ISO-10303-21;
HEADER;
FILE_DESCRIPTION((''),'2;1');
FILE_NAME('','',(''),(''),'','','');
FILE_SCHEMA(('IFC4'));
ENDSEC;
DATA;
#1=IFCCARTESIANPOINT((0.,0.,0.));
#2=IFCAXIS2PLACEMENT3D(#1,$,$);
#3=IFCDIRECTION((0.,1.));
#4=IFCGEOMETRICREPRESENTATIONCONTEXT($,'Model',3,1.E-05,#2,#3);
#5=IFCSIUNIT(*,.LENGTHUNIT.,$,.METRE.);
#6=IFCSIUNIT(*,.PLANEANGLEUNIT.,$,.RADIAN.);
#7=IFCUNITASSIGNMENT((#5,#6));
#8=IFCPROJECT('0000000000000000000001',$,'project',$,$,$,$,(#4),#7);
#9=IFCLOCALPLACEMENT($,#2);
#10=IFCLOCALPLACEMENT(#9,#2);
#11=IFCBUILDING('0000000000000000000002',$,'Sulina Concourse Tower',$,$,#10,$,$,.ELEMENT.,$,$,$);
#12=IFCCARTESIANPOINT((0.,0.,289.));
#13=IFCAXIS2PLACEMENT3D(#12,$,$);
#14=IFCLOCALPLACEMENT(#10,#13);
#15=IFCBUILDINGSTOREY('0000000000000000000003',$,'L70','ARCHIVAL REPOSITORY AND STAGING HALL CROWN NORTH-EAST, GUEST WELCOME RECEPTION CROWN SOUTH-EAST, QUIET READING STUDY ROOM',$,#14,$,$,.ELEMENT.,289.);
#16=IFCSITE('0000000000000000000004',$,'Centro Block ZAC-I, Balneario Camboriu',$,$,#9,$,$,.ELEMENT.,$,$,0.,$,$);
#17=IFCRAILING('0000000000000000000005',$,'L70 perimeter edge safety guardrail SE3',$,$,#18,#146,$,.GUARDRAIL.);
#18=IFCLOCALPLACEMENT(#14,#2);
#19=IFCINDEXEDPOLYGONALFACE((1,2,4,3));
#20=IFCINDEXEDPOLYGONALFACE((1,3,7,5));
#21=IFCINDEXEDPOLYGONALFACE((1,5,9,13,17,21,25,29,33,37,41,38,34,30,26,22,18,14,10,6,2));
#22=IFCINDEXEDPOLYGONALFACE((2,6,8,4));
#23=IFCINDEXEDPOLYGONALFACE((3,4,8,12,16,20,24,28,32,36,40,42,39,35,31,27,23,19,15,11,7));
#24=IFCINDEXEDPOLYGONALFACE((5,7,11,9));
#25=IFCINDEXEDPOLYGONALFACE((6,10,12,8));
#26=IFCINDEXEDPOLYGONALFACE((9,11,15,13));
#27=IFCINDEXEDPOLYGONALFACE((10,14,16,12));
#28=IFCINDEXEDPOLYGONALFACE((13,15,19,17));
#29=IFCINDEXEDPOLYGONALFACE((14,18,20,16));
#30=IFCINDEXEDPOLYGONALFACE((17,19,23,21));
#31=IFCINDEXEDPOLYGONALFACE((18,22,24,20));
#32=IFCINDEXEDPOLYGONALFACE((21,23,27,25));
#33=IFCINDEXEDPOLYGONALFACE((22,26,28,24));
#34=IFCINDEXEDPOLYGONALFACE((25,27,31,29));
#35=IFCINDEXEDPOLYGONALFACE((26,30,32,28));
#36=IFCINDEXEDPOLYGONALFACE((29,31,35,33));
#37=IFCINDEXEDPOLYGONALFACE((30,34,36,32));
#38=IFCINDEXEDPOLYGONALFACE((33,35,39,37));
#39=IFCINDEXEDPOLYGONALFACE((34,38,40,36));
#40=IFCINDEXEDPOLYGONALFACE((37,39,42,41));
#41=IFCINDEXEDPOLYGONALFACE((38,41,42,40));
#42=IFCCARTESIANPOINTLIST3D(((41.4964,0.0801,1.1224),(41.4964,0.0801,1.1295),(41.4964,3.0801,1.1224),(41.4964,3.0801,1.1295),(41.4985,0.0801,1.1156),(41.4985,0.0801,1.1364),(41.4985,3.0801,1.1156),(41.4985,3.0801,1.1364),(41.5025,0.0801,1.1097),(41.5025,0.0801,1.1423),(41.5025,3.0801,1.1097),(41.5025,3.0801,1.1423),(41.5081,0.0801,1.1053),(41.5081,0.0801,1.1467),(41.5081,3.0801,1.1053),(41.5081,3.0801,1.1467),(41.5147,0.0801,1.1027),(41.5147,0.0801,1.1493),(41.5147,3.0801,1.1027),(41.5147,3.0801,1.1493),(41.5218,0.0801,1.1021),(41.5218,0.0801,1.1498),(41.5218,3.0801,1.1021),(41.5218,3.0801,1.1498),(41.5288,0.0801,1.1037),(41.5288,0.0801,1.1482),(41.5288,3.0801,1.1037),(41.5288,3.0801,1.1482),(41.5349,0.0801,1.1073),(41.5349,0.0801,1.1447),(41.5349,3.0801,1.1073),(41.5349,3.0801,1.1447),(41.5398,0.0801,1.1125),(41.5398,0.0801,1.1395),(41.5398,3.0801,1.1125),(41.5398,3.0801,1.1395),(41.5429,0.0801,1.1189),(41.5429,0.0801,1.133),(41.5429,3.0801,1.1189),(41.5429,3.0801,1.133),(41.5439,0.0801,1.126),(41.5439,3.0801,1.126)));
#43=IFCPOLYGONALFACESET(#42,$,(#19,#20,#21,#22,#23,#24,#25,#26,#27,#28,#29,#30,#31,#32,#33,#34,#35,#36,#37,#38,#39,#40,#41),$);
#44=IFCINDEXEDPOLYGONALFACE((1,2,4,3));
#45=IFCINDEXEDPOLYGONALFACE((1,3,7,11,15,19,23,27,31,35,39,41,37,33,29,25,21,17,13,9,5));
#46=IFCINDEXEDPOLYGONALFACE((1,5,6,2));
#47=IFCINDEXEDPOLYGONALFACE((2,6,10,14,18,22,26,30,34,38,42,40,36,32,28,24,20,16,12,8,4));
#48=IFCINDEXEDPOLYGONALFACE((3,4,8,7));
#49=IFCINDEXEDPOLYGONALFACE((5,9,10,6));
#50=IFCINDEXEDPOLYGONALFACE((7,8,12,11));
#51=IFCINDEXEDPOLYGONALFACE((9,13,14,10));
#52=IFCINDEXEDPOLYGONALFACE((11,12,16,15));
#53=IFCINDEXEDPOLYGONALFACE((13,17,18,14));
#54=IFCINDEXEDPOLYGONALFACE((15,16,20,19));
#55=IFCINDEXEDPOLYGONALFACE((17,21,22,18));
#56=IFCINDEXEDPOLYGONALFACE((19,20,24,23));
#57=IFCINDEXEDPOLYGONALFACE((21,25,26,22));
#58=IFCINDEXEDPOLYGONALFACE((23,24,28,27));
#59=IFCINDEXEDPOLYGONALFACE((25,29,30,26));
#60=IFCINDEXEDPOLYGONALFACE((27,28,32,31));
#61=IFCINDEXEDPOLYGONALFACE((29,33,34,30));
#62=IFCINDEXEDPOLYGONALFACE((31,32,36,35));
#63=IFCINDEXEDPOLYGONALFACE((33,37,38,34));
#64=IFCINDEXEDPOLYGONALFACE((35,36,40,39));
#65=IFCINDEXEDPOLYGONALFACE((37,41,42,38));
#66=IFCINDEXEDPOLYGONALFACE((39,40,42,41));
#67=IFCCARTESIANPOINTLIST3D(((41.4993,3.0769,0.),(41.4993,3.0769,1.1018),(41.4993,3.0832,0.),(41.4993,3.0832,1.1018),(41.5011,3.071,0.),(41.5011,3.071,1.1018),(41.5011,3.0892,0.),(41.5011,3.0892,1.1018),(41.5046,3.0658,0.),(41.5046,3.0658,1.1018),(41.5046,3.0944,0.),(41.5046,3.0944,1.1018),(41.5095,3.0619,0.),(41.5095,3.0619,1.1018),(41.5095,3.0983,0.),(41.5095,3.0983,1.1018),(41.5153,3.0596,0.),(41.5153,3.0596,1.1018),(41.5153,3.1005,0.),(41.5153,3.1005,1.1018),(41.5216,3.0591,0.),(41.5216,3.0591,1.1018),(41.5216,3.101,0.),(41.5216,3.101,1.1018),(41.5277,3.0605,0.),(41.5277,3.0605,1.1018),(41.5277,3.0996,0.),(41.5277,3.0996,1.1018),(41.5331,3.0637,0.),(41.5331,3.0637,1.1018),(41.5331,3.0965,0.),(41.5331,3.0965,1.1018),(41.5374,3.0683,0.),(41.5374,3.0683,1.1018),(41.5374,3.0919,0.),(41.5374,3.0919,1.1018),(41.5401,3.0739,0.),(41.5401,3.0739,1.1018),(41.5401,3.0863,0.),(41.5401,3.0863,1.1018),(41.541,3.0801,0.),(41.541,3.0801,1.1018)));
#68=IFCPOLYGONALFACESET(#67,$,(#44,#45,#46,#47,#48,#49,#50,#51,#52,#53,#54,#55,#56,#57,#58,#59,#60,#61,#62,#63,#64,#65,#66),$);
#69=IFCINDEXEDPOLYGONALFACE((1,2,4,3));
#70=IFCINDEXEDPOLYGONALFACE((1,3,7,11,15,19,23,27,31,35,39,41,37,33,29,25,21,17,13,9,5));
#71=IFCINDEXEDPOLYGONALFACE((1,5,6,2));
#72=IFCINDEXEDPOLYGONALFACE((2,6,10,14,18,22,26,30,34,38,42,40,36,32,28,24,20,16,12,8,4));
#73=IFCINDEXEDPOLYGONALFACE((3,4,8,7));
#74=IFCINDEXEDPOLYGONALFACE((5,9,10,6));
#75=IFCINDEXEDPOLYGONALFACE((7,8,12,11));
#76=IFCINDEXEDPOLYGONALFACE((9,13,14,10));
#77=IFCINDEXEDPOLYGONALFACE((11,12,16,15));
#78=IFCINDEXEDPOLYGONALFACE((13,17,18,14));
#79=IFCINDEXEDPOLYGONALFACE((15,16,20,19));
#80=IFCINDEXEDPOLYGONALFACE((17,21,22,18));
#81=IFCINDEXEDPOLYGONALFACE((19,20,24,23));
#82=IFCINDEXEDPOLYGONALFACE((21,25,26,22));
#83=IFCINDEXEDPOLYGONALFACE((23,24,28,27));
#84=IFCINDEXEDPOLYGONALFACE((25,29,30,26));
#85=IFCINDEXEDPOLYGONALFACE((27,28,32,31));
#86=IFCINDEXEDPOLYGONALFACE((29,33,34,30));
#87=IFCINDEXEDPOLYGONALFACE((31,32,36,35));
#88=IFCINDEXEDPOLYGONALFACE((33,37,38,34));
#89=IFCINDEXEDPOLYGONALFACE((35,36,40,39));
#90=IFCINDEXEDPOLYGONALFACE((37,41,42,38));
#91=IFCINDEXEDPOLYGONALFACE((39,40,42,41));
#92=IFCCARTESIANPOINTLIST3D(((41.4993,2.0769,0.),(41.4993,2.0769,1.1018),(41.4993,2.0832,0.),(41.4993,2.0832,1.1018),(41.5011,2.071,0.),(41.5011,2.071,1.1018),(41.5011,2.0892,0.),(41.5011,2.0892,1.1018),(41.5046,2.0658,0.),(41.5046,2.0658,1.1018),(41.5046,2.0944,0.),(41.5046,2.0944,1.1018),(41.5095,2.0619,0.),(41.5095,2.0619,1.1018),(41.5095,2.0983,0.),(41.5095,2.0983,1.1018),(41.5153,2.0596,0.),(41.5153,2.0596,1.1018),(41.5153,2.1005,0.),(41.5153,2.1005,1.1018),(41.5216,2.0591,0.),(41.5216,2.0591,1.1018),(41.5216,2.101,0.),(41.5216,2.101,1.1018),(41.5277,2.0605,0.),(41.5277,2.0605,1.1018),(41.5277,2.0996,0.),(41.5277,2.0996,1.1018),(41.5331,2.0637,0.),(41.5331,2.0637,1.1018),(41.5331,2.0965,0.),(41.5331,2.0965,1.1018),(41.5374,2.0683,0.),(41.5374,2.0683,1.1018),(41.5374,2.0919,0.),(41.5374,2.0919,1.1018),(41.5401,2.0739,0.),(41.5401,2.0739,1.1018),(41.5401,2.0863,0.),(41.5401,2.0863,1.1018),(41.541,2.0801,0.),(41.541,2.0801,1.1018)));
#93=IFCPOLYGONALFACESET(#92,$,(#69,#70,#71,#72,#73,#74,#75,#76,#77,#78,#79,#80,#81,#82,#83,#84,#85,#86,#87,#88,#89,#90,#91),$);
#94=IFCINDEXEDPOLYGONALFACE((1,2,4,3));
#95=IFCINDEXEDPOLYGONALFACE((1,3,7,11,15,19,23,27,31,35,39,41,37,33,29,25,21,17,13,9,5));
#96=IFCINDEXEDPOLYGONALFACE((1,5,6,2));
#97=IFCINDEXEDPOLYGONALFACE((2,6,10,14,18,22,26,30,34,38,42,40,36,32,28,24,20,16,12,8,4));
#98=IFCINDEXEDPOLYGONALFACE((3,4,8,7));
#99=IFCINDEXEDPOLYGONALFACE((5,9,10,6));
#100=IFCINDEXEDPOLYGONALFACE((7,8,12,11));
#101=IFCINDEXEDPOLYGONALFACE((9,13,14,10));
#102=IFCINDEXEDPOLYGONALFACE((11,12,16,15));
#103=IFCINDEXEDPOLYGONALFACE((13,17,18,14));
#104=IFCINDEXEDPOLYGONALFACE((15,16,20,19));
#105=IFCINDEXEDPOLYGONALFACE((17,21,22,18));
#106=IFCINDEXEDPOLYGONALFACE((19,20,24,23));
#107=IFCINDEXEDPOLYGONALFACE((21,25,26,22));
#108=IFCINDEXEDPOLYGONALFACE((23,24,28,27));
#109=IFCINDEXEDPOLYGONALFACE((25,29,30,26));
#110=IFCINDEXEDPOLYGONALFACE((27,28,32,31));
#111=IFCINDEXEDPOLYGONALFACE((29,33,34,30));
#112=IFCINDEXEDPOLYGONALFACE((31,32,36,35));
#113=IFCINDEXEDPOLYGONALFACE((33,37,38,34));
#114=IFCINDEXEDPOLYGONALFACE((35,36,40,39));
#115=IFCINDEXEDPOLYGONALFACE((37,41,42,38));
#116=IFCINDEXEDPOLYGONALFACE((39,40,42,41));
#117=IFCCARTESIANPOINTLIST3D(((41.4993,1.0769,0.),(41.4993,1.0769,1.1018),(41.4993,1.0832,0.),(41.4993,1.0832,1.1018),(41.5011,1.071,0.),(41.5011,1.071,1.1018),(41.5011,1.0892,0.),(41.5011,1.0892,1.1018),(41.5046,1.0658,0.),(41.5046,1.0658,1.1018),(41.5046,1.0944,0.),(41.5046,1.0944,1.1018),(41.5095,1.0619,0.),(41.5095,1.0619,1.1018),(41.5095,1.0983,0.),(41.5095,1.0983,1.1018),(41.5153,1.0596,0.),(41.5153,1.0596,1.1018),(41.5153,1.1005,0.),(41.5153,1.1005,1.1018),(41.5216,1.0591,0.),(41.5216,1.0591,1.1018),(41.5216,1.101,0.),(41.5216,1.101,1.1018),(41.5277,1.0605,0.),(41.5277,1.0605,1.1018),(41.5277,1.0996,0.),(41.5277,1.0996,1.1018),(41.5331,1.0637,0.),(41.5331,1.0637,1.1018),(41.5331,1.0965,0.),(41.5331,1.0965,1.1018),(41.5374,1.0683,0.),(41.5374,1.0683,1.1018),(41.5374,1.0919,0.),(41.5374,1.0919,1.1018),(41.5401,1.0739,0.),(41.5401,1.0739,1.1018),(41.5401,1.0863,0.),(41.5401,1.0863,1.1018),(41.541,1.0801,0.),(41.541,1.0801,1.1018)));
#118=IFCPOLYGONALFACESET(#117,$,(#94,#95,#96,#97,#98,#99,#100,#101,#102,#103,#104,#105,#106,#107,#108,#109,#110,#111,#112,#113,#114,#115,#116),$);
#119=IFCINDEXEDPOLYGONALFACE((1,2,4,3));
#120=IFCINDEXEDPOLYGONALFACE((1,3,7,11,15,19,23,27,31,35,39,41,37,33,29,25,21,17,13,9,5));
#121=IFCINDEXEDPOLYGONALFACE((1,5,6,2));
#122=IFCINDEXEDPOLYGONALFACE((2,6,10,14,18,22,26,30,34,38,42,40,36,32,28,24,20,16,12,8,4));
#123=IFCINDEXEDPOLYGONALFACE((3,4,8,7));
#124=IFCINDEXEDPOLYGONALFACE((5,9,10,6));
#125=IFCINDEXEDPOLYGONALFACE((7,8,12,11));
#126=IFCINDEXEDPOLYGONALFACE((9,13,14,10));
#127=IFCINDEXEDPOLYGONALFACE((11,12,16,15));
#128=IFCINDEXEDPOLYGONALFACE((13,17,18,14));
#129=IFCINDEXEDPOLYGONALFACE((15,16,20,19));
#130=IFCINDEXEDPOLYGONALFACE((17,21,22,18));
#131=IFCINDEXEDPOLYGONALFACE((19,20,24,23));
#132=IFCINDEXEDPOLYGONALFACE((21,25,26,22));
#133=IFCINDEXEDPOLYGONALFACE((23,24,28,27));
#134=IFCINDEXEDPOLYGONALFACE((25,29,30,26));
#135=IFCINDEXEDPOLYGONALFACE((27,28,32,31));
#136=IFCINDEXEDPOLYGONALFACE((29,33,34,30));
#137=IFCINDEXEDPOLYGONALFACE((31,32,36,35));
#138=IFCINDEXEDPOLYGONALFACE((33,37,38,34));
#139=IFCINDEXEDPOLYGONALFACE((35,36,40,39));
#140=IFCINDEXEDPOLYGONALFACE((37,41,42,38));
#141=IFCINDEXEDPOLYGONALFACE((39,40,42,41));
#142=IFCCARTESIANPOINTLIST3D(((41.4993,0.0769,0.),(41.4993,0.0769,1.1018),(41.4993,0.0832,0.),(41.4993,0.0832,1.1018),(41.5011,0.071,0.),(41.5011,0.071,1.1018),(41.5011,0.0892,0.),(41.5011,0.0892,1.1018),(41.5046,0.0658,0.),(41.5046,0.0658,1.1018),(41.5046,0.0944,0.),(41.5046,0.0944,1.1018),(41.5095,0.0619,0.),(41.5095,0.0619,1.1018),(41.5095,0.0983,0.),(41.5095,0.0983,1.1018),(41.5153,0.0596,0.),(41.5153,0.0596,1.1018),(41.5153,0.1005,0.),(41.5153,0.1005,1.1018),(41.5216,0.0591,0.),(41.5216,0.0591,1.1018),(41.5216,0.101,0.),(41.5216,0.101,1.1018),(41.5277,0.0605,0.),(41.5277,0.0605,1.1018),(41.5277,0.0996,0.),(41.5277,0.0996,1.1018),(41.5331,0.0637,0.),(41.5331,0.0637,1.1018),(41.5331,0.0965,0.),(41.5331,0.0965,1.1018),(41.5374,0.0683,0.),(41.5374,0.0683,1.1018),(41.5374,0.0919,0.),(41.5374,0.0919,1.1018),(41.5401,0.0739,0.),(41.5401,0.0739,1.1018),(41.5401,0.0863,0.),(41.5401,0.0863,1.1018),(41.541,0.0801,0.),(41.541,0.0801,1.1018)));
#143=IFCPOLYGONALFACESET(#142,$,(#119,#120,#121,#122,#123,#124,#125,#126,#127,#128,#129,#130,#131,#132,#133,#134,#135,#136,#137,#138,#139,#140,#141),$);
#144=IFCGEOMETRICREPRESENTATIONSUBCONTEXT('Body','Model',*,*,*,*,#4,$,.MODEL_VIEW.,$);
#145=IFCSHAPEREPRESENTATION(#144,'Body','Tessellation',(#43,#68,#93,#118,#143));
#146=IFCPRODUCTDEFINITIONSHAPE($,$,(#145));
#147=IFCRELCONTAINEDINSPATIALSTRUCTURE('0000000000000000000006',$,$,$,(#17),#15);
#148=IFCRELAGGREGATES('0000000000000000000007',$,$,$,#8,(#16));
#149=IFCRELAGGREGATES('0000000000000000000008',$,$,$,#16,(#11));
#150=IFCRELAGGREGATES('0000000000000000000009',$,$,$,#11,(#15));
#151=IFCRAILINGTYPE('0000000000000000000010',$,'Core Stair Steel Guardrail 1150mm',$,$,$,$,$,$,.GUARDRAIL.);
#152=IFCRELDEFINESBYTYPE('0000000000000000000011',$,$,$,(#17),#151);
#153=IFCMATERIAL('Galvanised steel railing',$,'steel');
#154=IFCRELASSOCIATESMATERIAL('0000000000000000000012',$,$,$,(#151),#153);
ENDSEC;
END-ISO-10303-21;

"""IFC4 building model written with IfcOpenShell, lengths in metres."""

from ifc_helpers import new_model, si_unit, direction, frame, origin, origin_2d, place, context, subcontext, project, spatial, circle, extrude, material, type_object, element, save


model = new_model("IFC4")

# Units and contexts
model_context = context("Model", 3, precision=1e-05, world=origin(), true_north=direction((0.0, 1.0)))
body_context = subcontext(model_context, "Body", "Model", "MODEL_VIEW")
ifc_project = project(units=[si_unit("LENGTHUNIT", "METRE"), si_unit("PLANEANGLEUNIT", "RADIAN")], contexts=[model_context])

# Site, building, storey
site_placement = place(None, origin())
site = spatial("IfcSite", under=ifc_project, at=site_placement, Name="Centro Block ZAC-I, Balneario Camboriu", CompositionType="ELEMENT", RefElevation=0.0)
building_placement = place(site_placement, origin())
building = spatial("IfcBuilding", under=site, at=building_placement, Name="Sulina Concourse Tower", CompositionType="ELEMENT")
storey_placement = place(building_placement, frame((0.0, 0.0, 289.0)))
storey = spatial("IfcBuildingStorey", under=building, at=storey_placement, Name="L70", Description="ARCHIVAL REPOSITORY AND STAGING HALL CROWN NORTH-EAST, GUEST WELCOME RECEPTION CROWN SOUTH-EAST, QUIET READING STUDY ROOM", CompositionType="ELEMENT", Elevation=289.0)

# Railing
ifc_material_1 = material(Name="Galvanised steel railing", Category="steel")
railing_type_1 = type_object("IfcRailingType", Name="Core Stair Steel Guardrail 1150mm", PredefinedType="GUARDRAIL", material=ifc_material_1)
railing_1_placement = place(storey_placement, frame((41.52, 3.0801, 0.0)))
element("IfcRailing", 1, at=railing_1_placement, inside=storey, type_object=railing_type_1, Name="L70 perimeter edge safety guardrail SE3", PredefinedType="GUARDRAIL", context=body_context, shape_type="SweptSolid", body=[
    extrude(circle(Radius=0.0239, at=origin_2d()), frame((0.0, 0.0, 1.126), z_axis=(0.0, -1.0, 0.0), x_axis=(1.0, 0.0, 0.0)), (0.0, 0.0, 1.0), 3.0),
    extrude(circle(Radius=0.021, at=origin_2d()), origin(), (0.0, 0.0, 1.0), 1.1018),
    extrude(circle(Radius=0.021, at=origin_2d()), frame((0.0, -1.0, 0.0)), (0.0, 0.0, 1.0), 1.1018),
    extrude(circle(Radius=0.021, at=origin_2d()), frame((0.0, -2.0, 0.0)), (0.0, 0.0, 1.0), 1.1018),
    extrude(circle(Radius=0.021, at=origin_2d()), frame((0.0, -3.0, 0.0)), (0.0, 0.0, 1.0), 1.1018),
])

save(model, "model.ifc")
